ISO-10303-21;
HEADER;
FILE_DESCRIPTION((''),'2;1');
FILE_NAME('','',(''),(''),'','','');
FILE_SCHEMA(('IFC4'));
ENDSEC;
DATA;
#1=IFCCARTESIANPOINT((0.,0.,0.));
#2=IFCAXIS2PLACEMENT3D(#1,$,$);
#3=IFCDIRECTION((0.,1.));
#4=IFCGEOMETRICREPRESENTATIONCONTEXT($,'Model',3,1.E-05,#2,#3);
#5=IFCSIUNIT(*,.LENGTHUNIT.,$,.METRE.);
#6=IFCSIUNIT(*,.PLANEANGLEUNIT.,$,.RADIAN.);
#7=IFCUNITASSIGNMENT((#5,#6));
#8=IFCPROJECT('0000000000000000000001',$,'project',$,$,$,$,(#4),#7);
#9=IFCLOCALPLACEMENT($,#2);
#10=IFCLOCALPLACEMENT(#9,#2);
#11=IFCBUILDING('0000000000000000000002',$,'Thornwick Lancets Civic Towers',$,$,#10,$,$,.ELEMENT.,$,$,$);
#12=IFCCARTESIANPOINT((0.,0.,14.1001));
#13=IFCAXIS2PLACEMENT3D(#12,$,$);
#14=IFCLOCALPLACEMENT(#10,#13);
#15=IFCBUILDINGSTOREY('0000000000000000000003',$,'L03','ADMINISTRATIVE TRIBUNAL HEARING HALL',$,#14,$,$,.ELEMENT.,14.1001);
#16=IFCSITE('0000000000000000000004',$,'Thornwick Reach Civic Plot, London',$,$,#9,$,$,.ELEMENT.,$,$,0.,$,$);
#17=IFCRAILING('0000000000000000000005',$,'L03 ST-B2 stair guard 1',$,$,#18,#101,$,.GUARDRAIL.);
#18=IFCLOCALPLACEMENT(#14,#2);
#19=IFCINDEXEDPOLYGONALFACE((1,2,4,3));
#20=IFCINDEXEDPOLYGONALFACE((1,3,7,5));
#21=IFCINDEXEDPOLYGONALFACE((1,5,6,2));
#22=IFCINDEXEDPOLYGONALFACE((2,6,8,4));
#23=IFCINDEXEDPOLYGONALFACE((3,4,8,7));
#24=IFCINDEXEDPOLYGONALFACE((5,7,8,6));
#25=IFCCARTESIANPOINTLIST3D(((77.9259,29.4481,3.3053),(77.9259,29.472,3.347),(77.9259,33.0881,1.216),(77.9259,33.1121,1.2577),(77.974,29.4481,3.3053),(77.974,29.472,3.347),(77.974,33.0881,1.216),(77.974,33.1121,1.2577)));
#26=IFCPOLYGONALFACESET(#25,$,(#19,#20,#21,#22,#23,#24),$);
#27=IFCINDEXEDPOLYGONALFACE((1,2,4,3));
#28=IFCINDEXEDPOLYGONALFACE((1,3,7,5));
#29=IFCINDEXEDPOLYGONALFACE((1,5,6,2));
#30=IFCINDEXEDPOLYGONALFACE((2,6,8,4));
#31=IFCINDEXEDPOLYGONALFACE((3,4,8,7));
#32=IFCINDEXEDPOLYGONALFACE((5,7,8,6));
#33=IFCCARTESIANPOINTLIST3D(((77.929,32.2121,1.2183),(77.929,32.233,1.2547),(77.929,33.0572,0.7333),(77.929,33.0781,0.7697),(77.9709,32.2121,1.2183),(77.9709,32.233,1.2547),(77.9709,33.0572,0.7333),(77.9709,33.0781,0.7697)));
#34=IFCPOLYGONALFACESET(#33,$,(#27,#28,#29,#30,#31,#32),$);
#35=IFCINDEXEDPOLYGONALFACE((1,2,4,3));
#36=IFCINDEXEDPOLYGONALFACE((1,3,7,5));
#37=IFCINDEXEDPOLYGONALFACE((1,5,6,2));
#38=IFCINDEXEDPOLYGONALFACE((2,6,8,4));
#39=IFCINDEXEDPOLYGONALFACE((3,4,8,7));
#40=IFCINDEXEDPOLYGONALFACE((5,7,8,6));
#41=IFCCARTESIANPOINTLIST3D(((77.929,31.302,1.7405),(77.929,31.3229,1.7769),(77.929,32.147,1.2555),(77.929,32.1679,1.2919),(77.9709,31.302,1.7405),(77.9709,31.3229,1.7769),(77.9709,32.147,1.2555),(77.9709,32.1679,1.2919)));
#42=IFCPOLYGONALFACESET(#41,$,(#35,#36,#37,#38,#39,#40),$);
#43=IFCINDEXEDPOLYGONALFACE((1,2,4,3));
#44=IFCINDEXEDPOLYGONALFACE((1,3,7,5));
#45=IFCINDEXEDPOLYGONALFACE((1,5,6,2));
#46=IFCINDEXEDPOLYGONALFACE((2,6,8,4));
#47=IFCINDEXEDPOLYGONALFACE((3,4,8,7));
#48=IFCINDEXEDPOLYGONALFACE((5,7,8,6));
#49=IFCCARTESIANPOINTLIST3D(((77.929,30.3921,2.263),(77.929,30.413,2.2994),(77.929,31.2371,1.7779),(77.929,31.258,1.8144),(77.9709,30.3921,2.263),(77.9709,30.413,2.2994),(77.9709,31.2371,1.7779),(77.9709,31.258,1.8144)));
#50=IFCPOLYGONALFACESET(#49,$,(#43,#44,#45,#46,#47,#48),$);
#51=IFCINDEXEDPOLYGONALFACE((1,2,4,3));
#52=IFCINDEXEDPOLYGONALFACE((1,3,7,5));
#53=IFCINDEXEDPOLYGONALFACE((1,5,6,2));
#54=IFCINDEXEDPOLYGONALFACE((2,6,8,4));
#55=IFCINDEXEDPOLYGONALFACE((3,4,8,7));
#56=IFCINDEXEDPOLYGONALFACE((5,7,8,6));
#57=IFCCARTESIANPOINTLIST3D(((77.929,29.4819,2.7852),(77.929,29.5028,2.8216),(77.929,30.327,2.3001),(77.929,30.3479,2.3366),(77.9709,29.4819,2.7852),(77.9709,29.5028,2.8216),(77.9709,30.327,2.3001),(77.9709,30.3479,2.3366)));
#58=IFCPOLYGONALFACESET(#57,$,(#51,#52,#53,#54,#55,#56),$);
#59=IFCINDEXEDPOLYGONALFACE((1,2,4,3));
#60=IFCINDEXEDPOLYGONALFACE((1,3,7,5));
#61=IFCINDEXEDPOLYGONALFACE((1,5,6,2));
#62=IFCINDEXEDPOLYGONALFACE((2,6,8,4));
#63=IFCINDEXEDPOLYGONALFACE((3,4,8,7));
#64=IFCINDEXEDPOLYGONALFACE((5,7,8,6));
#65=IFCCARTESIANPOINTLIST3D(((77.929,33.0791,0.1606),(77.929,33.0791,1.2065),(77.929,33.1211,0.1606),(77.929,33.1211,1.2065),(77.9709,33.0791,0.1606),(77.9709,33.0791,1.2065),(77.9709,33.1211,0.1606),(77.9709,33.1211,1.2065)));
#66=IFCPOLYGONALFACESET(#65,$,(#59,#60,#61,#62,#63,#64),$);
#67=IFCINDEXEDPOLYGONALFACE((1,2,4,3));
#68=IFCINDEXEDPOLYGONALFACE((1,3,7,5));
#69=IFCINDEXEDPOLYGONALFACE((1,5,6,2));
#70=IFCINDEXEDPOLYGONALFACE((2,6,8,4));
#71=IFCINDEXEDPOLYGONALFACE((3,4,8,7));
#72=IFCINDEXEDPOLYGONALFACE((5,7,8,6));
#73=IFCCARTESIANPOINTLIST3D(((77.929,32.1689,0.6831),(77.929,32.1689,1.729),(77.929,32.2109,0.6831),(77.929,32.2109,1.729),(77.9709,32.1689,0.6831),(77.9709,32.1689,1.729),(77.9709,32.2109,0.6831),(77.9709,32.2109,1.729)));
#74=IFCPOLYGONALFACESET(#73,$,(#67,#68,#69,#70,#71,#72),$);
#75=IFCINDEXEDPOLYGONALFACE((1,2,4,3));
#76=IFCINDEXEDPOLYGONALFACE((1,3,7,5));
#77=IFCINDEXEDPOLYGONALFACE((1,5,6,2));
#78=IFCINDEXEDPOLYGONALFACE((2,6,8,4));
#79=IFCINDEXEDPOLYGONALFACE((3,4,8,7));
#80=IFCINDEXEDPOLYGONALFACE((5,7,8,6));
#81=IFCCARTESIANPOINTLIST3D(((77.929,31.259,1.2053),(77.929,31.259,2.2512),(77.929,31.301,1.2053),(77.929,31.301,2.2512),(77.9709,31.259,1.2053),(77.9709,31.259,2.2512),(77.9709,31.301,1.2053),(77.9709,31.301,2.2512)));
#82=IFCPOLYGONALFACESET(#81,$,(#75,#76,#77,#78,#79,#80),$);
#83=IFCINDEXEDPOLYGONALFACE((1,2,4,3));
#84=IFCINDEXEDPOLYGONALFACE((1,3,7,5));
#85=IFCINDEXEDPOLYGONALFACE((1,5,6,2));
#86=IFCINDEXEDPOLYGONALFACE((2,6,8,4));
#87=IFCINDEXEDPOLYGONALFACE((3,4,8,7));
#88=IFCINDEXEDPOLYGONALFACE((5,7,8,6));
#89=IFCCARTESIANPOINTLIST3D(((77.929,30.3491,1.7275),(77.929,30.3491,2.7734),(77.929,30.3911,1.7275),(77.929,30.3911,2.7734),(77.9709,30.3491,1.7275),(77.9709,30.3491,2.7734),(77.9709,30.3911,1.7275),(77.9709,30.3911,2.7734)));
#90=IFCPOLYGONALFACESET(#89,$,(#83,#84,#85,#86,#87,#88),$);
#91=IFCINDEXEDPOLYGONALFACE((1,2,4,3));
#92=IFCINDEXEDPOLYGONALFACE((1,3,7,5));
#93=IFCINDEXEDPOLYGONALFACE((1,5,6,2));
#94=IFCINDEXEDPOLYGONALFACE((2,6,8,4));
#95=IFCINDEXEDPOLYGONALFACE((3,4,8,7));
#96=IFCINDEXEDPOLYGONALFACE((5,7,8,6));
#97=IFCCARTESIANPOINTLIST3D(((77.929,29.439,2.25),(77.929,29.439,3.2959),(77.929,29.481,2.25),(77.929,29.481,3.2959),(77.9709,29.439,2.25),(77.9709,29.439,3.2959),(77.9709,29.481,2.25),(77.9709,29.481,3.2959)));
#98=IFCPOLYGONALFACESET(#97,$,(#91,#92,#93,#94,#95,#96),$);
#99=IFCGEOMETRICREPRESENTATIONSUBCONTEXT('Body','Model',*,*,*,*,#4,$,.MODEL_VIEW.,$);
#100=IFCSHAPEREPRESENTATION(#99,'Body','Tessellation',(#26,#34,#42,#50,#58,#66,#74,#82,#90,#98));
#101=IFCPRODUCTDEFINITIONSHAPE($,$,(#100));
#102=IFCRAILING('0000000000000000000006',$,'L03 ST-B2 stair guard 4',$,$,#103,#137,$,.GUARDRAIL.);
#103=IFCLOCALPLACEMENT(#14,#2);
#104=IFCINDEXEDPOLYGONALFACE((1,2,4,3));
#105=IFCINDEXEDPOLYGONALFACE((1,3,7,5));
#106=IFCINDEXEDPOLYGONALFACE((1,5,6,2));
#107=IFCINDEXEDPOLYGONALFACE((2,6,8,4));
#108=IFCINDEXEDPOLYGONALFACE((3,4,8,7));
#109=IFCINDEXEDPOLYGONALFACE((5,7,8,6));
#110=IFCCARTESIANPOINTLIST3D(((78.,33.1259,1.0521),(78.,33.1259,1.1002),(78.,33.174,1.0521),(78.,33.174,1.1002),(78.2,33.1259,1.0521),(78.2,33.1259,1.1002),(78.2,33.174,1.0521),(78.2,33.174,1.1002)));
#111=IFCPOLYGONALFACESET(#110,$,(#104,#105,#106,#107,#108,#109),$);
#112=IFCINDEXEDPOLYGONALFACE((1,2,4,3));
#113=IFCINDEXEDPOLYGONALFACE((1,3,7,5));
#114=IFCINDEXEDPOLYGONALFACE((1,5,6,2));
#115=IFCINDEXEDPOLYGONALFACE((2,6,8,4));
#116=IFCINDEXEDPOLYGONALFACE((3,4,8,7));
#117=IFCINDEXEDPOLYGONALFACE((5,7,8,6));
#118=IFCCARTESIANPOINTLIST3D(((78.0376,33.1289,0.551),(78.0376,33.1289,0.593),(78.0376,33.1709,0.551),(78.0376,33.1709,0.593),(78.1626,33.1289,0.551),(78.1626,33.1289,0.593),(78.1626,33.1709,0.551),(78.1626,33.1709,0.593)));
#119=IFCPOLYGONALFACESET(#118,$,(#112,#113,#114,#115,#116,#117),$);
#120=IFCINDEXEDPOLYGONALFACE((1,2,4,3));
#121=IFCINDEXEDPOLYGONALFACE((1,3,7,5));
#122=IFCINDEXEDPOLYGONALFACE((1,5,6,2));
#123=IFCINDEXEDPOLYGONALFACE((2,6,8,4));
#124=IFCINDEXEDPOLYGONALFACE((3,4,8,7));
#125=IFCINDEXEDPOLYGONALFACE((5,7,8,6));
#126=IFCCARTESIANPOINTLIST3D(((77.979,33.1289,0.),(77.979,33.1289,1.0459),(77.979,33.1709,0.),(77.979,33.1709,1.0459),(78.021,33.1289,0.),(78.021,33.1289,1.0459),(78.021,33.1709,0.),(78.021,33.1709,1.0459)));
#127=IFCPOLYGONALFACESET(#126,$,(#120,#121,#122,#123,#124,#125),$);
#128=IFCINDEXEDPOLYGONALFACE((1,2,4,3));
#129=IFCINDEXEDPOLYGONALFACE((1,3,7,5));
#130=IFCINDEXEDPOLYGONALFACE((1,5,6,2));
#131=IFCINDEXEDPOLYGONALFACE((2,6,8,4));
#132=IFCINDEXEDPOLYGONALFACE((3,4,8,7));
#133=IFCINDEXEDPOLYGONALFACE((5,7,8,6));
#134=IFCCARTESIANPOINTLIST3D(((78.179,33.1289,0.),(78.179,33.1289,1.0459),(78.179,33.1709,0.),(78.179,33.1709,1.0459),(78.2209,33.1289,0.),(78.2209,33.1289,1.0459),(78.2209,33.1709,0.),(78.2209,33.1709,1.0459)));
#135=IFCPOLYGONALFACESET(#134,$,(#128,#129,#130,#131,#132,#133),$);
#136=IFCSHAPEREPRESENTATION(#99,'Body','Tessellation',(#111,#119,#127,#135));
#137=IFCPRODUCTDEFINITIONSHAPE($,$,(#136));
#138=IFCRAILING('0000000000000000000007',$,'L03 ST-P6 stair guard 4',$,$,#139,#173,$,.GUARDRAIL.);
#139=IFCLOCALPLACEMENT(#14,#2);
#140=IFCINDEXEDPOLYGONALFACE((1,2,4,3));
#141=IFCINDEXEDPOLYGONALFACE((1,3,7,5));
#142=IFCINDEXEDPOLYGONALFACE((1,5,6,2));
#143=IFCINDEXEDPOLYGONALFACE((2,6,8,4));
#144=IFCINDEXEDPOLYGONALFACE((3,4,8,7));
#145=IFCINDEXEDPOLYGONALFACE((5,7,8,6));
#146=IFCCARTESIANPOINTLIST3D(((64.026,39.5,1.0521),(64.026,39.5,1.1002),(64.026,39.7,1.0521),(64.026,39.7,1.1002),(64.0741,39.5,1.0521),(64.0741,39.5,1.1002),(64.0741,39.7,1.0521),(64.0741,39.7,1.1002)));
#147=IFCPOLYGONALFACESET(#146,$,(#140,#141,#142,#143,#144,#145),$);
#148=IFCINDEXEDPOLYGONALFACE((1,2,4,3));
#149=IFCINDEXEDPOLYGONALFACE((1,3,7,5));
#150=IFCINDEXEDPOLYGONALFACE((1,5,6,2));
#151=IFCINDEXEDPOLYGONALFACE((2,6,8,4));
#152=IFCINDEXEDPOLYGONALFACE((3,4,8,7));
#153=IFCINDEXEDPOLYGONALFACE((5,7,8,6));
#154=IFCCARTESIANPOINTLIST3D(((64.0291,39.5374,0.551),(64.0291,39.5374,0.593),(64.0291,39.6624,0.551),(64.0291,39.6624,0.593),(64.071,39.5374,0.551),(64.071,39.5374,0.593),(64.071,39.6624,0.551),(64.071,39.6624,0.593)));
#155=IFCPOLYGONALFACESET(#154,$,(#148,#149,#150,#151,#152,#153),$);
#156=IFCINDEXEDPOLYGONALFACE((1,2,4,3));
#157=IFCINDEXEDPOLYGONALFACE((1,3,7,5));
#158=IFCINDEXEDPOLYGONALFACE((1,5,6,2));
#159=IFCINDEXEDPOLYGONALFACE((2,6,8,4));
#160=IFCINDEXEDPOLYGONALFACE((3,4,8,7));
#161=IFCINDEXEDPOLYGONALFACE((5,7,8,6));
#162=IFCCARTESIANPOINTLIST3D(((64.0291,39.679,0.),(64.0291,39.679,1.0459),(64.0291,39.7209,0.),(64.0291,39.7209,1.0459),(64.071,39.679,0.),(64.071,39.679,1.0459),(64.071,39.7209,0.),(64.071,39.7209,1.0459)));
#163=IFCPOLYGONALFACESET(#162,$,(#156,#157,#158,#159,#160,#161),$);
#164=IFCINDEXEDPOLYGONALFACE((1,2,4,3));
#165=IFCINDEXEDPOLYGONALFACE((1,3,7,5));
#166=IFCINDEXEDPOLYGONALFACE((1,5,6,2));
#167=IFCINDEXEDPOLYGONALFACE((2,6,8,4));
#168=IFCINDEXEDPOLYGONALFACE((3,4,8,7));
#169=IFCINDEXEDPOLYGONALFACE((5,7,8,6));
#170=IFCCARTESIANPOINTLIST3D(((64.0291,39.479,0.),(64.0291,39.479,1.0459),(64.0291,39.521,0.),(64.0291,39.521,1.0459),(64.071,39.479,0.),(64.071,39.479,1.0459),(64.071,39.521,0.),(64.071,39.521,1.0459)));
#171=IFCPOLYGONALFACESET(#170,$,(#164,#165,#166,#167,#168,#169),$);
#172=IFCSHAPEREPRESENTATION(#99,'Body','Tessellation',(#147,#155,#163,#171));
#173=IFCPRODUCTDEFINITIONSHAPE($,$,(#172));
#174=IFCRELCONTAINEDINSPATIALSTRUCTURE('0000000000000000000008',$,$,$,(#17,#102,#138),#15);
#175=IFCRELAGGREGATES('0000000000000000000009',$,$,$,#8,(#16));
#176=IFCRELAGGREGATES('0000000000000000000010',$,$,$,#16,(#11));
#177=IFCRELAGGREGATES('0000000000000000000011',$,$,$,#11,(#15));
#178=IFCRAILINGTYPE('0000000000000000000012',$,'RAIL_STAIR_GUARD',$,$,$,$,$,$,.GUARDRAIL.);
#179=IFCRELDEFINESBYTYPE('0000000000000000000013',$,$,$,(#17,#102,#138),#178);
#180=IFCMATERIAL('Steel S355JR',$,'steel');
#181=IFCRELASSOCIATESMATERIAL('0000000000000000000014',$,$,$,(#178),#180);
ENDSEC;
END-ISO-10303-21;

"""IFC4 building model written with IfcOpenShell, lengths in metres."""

from ifc_helpers import new_model, si_unit, direction, frame, origin, origin_2d, place, context, subcontext, project, spatial, rectangle, extrude, material, type_object, element, save


model = new_model("IFC4")

# Units and contexts
model_context = context("Model", 3, precision=1e-05, world=origin(), true_north=direction((0.0, 1.0)))
body_context = subcontext(model_context, "Body", "Model", "MODEL_VIEW")
ifc_project = project(units=[si_unit("LENGTHUNIT", "METRE"), si_unit("PLANEANGLEUNIT", "RADIAN")], contexts=[model_context])

# Site, building, storey
site_placement = place(None, origin())
site = spatial("IfcSite", under=ifc_project, at=site_placement, Name="Thornwick Reach Civic Plot, London", CompositionType="ELEMENT", RefElevation=0.0)
building_placement = place(site_placement, origin())
building = spatial("IfcBuilding", under=site, at=building_placement, Name="Thornwick Lancets Civic Towers", CompositionType="ELEMENT")
storey_placement = place(building_placement, frame((0.0, 0.0, 14.1001)))
storey = spatial("IfcBuildingStorey", under=building, at=storey_placement, Name="L03", Description="ADMINISTRATIVE TRIBUNAL HEARING HALL", CompositionType="ELEMENT", Elevation=14.1001)

# Shared definitions
ifc_material_1 = material(Name="Steel S355JR", Category="steel")

# Railings
railing_type_1 = type_object("IfcRailingType", Name="RAIL_STAIR_GUARD", PredefinedType="GUARDRAIL", material=ifc_material_1)
railing_1_placement = place(storey_placement, frame((77.95, 33.1001, 0.1606)))
element("IfcRailing", 1, at=railing_1_placement, inside=storey, type_object=railing_type_1, Name="L03 ST-B2 stair guard 1", PredefinedType="GUARDRAIL", context=body_context, shape_type="SweptSolid", body=[
    extrude(rectangle(XDim=0.0481, YDim=0.0481, at=origin_2d()), frame((0.0, 0.0, 1.0762), z_axis=(0.0, -0.867289, 0.497804), x_axis=(1.0, 0.0, 0.0)), (0.0, 0.0, 1.0), 4.197),
    extrude(rectangle(XDim=0.042, YDim=0.042, at=origin_2d()), frame((0.0, -0.0325, 0.5908), z_axis=(0.0, -0.867289, 0.497804), x_axis=(1.0, 0.0, 0.0)), (0.0, 0.0, 1.0), 0.9744),
    extrude(rectangle(XDim=0.042, YDim=0.042, at=origin_2d()), frame((0.0, -0.9426, 1.113), z_axis=(0.0, -0.867289, 0.497804), x_axis=(1.0, 0.0, 0.0)), (0.0, 0.0, 1.0), 0.9744),
    extrude(rectangle(XDim=0.042, YDim=0.042, at=origin_2d()), frame((0.0, -1.8525, 1.6355), z_axis=(0.0, -0.867289, 0.497804), x_axis=(1.0, 0.0, 0.0)), (0.0, 0.0, 1.0), 0.9744),
    extrude(rectangle(XDim=0.042, YDim=0.042, at=origin_2d()), frame((0.0, -2.7627, 2.1577), z_axis=(0.0, -0.867289, 0.497804), x_axis=(1.0, 0.0, 0.0)), (0.0, 0.0, 1.0), 0.9744),
    extrude(rectangle(XDim=0.042, YDim=0.042, at=origin_2d()), origin(), (0.0, 0.0, 1.0), 1.0459),
    extrude(rectangle(XDim=0.042, YDim=0.042, at=origin_2d()), frame((0.0, -0.9102, 0.5225)), (0.0, 0.0, 1.0), 1.0459),
    extrude(rectangle(XDim=0.042, YDim=0.042, at=origin_2d()), frame((0.0, -1.8201, 1.0447)), (0.0, 0.0, 1.0), 1.0459),
    extrude(rectangle(XDim=0.042, YDim=0.042, at=origin_2d()), frame((0.0, -2.73, 1.5669)), (0.0, 0.0, 1.0), 1.0459),
    extrude(rectangle(XDim=0.042, YDim=0.042, at=origin_2d()), frame((0.0, -3.6401, 2.0894)), (0.0, 0.0, 1.0), 1.0459),
])
railing_2_placement = place(storey_placement, frame((78.0, 33.1499, 0.0)))
element("IfcRailing", 2, at=railing_2_placement, inside=storey, type_object=railing_type_1, Name="L03 ST-B2 stair guard 4", PredefinedType="GUARDRAIL", context=body_context, shape_type="SweptSolid", body=[
    extrude(rectangle(XDim=0.0481, YDim=0.0481, at=origin_2d()), frame((0.0, 0.0, 1.0762), z_axis=(1.0, 0.0, 0.0), x_axis=(0.0, 1.0, 0.0)), (0.0, 0.0, 1.0), 0.2),
    extrude(rectangle(XDim=0.042, YDim=0.042, at=origin_2d()), frame((0.0376, 0.0, 0.572), z_axis=(1.0, 0.0, 0.0), x_axis=(0.0, 1.0, 0.0)), (0.0, 0.0, 1.0), 0.125),
    extrude(rectangle(XDim=0.042, YDim=0.042, at=origin_2d()), origin(), (0.0, 0.0, 1.0), 1.0459),
    extrude(rectangle(XDim=0.042, YDim=0.042, at=origin_2d()), frame((0.2, 0.0, 0.0)), (0.0, 0.0, 1.0), 1.0459),
])
railing_3_placement = place(storey_placement, frame((64.05, 39.7, 0.0)))
element("IfcRailing", 3, at=railing_3_placement, inside=storey, type_object=railing_type_1, Name="L03 ST-P6 stair guard 4", PredefinedType="GUARDRAIL", context=body_context, shape_type="SweptSolid", body=[
    extrude(rectangle(XDim=0.0481, YDim=0.0481, at=origin_2d()), frame((0.0, 0.0, 1.0762), z_axis=(0.0, -1.0, 0.0), x_axis=(1.0, 0.0, 0.0)), (0.0, 0.0, 1.0), 0.2),
    extrude(rectangle(XDim=0.042, YDim=0.042, at=origin_2d()), frame((0.0, -0.0376, 0.572), z_axis=(0.0, -1.0, 0.0), x_axis=(1.0, 0.0, 0.0)), (0.0, 0.0, 1.0), 0.125),
    extrude(rectangle(XDim=0.042, YDim=0.042, at=origin_2d()), origin(), (0.0, 0.0, 1.0), 1.0459),
    extrude(rectangle(XDim=0.042, YDim=0.042, at=origin_2d()), frame((0.0, -0.2, 0.0)), (0.0, 0.0, 1.0), 1.0459),
])

save(model, "model.ifc")
